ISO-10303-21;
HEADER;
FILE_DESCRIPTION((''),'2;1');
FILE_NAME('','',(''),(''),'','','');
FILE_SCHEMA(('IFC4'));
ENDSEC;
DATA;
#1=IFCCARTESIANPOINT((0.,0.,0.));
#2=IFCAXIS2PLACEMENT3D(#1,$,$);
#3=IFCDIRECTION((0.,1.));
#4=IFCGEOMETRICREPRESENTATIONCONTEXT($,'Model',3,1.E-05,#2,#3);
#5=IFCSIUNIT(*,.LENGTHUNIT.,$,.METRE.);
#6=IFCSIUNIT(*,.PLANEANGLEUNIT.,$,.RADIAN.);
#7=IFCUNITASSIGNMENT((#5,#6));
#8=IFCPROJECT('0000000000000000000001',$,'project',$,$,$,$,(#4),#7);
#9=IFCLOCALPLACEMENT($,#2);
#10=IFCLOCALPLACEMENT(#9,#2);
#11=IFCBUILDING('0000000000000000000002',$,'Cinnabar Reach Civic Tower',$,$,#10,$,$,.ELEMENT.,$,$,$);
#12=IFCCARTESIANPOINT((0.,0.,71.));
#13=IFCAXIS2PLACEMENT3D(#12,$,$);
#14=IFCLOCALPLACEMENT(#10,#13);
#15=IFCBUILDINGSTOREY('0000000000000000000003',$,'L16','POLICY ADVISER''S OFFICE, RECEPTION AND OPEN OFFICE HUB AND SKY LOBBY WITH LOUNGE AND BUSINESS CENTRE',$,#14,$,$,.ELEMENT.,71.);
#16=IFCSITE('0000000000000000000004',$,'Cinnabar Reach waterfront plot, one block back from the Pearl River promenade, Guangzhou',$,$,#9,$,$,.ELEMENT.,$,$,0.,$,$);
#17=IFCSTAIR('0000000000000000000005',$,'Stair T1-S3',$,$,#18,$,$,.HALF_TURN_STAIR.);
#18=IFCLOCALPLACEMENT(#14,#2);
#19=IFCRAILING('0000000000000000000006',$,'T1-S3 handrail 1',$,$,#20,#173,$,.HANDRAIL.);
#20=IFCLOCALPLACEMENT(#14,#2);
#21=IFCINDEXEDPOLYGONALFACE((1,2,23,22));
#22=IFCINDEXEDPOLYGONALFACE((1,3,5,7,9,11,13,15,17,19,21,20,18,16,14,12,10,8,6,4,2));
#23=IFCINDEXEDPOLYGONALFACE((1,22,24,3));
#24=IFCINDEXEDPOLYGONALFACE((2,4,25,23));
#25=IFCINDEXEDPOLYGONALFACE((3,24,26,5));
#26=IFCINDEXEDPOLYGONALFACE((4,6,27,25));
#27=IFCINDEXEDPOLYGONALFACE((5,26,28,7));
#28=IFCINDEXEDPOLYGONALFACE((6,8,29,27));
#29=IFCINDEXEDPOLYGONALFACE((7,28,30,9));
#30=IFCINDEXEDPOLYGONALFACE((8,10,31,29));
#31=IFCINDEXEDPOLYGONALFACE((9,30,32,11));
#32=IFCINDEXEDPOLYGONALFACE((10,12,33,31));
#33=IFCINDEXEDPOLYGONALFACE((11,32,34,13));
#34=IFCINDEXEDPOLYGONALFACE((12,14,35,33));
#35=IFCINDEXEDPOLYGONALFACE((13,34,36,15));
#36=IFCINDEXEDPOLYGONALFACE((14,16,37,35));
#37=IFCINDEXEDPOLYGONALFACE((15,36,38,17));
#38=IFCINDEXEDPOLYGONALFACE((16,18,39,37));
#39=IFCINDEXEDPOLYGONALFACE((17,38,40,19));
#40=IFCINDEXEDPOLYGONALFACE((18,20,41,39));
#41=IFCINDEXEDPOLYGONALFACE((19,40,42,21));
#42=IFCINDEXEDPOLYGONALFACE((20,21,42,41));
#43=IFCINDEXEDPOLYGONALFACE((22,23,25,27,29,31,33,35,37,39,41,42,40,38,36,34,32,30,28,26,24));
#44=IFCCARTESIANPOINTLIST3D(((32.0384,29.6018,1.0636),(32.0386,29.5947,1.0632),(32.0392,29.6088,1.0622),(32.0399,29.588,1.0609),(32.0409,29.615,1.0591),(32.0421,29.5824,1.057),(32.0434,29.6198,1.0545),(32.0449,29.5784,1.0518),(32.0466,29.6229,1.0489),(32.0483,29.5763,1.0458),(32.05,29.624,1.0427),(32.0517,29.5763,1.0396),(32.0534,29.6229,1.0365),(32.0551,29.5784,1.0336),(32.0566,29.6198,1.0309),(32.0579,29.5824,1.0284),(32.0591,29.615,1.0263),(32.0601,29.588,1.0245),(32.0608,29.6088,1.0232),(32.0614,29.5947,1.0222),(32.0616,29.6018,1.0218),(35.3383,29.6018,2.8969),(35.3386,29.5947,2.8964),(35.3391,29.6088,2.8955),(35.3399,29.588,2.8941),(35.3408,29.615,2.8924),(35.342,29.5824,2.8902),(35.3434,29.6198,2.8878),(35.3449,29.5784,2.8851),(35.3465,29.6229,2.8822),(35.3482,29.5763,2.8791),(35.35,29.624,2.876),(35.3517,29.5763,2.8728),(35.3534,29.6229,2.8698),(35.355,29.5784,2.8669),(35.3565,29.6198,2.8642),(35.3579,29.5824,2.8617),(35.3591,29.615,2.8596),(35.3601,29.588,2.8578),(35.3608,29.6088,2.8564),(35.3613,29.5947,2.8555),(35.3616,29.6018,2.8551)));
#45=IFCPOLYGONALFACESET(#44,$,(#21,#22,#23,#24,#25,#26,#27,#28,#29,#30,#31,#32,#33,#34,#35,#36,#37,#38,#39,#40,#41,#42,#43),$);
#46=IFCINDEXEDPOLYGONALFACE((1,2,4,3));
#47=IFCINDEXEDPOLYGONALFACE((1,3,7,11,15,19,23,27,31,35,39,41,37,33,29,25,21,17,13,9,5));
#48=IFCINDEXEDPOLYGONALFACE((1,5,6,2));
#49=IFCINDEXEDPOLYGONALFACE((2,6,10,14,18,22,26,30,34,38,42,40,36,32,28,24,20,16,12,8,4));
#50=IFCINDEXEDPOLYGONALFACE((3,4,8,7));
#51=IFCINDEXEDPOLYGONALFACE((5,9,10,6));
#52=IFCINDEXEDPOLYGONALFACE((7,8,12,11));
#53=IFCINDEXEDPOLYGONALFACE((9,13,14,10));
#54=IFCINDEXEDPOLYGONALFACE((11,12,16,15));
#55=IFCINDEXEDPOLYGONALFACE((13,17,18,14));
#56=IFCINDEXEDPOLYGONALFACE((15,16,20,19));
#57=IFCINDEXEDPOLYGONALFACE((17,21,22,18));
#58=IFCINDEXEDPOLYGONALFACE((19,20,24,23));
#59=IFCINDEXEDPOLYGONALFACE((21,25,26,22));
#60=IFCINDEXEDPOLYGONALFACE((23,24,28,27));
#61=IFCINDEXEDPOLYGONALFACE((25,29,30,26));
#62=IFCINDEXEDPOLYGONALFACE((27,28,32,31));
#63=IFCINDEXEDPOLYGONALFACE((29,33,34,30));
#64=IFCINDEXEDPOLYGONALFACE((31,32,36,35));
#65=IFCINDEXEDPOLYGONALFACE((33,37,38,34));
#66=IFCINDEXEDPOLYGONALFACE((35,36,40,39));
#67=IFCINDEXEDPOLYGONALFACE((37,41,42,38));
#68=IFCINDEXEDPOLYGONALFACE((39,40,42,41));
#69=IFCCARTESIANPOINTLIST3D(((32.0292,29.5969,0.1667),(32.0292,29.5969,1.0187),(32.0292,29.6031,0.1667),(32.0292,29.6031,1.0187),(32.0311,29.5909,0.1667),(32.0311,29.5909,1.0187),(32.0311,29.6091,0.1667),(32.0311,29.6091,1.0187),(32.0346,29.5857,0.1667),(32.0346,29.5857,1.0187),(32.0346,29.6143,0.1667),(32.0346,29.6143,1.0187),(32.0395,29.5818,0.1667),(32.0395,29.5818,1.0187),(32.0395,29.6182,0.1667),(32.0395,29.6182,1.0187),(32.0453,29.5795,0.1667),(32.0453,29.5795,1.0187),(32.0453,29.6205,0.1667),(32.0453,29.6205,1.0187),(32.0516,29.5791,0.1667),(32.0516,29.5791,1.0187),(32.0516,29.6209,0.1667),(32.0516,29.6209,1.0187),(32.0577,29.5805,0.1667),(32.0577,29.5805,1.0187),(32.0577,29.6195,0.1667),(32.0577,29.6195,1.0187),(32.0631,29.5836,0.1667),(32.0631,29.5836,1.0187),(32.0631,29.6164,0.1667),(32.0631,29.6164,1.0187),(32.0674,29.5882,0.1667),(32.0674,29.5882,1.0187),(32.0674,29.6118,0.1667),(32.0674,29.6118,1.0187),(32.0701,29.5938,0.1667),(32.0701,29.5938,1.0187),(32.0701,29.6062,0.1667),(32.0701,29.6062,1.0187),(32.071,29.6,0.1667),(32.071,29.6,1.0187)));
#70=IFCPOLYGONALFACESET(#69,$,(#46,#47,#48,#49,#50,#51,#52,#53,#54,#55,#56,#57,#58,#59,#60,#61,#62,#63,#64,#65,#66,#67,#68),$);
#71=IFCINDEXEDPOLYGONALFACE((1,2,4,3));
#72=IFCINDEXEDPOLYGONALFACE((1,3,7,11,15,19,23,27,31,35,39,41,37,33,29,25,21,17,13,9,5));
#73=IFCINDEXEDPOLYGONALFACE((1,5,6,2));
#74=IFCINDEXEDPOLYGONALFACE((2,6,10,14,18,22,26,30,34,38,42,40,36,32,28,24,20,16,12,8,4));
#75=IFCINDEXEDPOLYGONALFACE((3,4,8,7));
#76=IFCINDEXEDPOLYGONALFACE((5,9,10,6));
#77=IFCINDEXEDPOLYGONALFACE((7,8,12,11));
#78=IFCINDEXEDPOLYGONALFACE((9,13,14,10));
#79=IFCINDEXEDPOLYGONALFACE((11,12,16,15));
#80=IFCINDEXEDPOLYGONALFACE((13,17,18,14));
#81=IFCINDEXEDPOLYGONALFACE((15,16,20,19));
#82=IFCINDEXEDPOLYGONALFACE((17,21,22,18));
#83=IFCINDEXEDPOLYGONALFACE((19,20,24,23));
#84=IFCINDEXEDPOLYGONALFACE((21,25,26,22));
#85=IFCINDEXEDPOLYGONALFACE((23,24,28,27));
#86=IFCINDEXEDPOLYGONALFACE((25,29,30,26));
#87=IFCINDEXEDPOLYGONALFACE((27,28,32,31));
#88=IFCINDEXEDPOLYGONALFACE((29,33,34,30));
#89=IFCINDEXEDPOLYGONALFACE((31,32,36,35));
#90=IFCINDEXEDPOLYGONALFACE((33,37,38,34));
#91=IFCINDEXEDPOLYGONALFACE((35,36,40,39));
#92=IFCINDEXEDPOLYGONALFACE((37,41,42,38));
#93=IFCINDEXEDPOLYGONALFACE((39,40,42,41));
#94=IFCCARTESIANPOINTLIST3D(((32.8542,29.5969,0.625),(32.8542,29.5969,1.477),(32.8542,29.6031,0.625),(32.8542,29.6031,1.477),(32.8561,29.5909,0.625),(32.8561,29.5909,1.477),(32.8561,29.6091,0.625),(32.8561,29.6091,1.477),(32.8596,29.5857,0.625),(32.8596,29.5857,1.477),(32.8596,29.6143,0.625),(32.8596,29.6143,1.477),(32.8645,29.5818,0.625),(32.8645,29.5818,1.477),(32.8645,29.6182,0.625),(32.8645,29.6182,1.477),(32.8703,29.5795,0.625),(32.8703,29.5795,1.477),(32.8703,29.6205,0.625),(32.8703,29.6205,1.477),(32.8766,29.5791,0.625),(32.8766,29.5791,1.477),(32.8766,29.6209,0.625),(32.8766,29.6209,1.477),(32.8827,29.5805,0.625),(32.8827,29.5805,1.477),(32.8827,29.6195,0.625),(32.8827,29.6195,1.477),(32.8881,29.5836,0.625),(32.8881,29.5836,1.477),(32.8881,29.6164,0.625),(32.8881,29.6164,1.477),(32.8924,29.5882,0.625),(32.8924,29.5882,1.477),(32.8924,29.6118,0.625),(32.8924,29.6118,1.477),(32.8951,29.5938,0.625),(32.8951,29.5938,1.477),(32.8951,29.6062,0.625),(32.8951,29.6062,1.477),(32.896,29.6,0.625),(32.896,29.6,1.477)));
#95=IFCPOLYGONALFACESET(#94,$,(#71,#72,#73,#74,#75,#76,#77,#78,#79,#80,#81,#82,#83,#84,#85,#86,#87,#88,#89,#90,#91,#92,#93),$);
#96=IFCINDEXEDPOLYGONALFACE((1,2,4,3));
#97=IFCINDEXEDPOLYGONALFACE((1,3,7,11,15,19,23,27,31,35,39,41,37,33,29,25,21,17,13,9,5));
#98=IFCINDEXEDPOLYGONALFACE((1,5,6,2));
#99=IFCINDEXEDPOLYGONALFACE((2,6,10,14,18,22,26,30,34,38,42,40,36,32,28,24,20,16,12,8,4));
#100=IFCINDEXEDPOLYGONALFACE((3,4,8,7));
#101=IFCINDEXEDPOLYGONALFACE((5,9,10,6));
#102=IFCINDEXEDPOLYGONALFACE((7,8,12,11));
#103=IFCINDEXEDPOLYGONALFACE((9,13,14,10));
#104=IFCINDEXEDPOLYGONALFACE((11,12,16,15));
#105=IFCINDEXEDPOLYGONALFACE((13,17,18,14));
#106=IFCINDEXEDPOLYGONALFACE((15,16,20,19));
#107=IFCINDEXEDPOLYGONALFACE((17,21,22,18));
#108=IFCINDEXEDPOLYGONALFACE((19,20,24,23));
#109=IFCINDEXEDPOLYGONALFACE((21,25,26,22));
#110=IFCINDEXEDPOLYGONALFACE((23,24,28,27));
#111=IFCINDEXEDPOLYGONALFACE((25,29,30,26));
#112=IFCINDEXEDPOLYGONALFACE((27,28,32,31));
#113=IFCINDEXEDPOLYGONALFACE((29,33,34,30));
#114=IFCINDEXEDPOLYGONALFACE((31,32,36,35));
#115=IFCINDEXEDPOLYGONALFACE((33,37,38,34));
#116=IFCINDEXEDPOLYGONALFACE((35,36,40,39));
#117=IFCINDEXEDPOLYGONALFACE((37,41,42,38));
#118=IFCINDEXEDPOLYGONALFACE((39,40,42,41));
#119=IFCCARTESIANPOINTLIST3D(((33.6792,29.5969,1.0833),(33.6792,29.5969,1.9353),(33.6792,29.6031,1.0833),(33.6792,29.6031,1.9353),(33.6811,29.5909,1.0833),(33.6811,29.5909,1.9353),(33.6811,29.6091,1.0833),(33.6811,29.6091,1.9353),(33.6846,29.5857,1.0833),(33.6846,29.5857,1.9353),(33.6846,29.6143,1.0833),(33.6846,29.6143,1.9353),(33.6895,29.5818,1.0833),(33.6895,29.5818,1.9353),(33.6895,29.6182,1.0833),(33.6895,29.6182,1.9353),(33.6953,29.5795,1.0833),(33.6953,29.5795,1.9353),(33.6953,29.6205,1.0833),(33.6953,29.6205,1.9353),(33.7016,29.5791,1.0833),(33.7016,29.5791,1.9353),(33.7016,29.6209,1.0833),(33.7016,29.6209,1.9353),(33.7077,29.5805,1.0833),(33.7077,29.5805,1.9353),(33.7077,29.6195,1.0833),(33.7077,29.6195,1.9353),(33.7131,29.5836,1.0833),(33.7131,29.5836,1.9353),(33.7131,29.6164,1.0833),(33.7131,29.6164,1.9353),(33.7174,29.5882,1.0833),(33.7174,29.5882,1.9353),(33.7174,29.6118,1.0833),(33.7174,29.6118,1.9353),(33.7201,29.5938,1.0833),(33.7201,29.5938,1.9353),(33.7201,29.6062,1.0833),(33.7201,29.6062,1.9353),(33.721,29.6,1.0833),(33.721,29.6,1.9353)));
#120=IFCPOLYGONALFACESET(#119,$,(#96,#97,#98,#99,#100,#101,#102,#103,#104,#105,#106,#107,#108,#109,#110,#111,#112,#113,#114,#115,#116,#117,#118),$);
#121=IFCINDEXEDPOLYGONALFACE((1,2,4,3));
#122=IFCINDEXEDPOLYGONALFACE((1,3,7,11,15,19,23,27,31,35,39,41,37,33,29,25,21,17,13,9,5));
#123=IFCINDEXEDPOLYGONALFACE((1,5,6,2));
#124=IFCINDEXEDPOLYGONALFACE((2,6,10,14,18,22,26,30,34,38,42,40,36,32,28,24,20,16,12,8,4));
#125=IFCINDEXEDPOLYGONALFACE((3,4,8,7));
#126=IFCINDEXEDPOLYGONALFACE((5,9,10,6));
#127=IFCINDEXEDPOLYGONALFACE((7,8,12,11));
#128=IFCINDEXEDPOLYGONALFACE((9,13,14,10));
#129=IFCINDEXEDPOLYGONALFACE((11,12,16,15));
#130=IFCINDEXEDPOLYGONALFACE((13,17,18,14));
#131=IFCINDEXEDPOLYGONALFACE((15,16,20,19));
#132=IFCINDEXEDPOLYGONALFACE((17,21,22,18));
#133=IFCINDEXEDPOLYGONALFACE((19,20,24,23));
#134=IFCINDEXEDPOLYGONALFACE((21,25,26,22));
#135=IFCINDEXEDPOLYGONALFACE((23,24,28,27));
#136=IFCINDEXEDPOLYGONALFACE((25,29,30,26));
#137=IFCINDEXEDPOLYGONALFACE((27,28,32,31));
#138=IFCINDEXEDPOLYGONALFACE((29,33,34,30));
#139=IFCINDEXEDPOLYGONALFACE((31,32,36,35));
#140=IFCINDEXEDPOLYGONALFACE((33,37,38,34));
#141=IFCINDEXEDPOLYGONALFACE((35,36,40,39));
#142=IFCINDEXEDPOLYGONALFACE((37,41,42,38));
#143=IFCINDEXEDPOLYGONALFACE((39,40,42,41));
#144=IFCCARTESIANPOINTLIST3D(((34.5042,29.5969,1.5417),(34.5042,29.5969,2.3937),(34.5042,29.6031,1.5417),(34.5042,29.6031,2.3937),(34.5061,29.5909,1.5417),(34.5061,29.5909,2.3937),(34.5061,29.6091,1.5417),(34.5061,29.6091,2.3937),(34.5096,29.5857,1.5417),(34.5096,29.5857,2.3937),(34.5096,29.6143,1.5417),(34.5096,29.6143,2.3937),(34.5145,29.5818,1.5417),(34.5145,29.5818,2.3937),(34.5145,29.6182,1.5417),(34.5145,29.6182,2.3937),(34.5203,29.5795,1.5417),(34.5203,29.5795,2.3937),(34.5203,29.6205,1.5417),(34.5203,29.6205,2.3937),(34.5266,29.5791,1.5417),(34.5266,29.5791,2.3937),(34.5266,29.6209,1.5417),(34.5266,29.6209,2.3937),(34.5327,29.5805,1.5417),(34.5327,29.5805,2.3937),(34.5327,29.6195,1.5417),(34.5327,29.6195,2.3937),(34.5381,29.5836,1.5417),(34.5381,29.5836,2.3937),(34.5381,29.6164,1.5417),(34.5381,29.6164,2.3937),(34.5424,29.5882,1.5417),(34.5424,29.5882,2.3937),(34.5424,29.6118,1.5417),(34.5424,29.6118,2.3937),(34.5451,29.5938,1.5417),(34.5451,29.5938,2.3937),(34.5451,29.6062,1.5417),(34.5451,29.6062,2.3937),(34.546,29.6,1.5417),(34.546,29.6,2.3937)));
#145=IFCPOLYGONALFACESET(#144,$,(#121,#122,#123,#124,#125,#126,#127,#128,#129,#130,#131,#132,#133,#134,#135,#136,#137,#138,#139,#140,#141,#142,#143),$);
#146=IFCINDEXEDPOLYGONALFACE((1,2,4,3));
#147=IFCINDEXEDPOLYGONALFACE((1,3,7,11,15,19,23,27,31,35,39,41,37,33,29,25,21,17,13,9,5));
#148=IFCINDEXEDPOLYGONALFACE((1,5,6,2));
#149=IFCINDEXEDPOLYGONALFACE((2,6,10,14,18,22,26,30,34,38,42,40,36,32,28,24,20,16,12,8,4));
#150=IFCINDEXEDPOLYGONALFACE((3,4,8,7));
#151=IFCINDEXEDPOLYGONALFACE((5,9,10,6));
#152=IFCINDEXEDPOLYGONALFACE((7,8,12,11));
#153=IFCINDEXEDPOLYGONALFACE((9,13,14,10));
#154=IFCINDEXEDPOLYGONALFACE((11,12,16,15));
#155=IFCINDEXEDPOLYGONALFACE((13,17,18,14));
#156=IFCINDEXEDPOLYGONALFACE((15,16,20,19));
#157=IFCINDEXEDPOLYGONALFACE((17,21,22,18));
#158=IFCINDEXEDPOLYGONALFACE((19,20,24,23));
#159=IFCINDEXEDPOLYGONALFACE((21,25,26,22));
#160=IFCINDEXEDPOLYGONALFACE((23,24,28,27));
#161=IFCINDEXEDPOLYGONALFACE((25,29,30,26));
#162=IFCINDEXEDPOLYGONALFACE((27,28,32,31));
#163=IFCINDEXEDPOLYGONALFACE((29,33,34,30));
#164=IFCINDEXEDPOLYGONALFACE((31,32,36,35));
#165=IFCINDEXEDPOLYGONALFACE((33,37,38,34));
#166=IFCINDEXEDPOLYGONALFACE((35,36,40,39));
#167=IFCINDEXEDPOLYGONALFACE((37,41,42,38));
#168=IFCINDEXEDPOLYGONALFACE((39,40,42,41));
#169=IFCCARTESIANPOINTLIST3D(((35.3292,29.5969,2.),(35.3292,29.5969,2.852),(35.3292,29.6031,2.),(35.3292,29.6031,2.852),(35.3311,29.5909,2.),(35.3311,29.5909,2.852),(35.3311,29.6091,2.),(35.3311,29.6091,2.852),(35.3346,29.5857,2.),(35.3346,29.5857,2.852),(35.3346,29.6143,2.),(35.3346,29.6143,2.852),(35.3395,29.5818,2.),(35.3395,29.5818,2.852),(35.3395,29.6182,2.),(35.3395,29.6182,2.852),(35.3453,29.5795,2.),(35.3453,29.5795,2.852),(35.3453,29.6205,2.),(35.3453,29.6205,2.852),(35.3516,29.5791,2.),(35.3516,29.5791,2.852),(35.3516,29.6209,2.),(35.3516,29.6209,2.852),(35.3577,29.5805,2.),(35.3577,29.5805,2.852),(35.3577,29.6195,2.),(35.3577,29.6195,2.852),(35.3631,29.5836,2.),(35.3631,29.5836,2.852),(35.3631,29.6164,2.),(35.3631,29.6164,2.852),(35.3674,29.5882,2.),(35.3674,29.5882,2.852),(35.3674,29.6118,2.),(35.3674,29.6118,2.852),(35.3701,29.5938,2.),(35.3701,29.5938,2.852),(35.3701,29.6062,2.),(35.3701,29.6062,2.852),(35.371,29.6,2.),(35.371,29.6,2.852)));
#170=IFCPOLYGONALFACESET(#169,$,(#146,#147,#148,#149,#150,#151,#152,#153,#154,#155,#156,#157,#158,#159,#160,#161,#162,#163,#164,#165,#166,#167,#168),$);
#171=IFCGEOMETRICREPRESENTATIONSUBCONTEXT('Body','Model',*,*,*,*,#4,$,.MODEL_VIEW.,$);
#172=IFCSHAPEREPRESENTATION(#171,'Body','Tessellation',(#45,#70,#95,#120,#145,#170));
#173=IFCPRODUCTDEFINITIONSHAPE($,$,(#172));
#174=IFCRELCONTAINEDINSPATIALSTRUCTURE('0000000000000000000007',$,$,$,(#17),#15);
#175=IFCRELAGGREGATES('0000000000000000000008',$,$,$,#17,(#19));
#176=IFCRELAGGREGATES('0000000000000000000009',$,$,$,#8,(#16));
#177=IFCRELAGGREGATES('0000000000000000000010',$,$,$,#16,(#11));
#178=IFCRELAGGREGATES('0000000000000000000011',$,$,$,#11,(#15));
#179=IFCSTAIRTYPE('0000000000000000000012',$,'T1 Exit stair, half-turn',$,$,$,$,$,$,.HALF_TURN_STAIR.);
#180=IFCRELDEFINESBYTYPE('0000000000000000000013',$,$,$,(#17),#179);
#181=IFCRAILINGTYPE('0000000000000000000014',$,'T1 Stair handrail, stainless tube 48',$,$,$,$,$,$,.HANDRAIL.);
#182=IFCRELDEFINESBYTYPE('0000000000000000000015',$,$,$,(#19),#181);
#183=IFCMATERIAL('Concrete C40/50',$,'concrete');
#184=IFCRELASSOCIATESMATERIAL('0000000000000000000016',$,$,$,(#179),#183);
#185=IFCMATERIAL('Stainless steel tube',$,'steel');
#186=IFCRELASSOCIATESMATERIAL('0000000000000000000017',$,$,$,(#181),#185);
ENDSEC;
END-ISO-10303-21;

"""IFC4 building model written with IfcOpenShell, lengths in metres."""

from ifc_helpers import new_model, si_unit, direction, frame, origin, origin_2d, place, context, subcontext, project, spatial, circle, extrude, material, type_object, element, aggregate, save


model = new_model("IFC4")

# Units and contexts
model_context = context("Model", 3, precision=1e-05, world=origin(), true_north=direction((0.0, 1.0)))
body_context = subcontext(model_context, "Body", "Model", "MODEL_VIEW")
ifc_project = project(units=[si_unit("LENGTHUNIT", "METRE"), si_unit("PLANEANGLEUNIT", "RADIAN")], contexts=[model_context])

# Site, building, storey
site_placement = place(None, origin())
site = spatial("IfcSite", under=ifc_project, at=site_placement, Name="Cinnabar Reach waterfront plot, one block back from the Pearl River promenade, Guangzhou", CompositionType="ELEMENT", RefElevation=0.0)
building_placement = place(site_placement, origin())
building = spatial("IfcBuilding", under=site, at=building_placement, Name="Cinnabar Reach Civic Tower", CompositionType="ELEMENT")
storey_placement = place(building_placement, frame((0.0, 0.0, 71.0)))
storey = spatial("IfcBuildingStorey", under=building, at=storey_placement, Name="L16", Description="POLICY ADVISER'S OFFICE, RECEPTION AND OPEN OFFICE HUB AND SKY LOBBY WITH LOUNGE AND BUSINESS CENTRE", CompositionType="ELEMENT", Elevation=71.0)

# Stair, railing
ifc_material_1 = material(Name="Concrete C40/50", Category="concrete")
stair_type = type_object("IfcStairType", Name="T1 Exit stair, half-turn", PredefinedType="HALF_TURN_STAIR", material=ifc_material_1)
stair_placement = place(storey_placement, origin())
stair = element("IfcStair", 1, at=stair_placement, inside=storey, type_object=stair_type, Name="Stair T1-S3", PredefinedType="HALF_TURN_STAIR")
ifc_material_2 = material(Name="Stainless steel tube", Category="steel")
railing_type = type_object("IfcRailingType", Name="T1 Stair handrail, stainless tube 48", PredefinedType="HANDRAIL", material=ifc_material_2)
railing_1_placement = place(storey_placement, frame((32.05, 29.6, 0.1667)))
railing_1 = element("IfcRailing", 2, at=railing_1_placement, type_object=railing_type, Name="T1-S3 handrail 1", PredefinedType="HANDRAIL", context=body_context, shape_type="SweptSolid", body=[
    extrude(circle(Radius=0.024, at=origin_2d()), frame((0.0, 0.0, 0.876), z_axis=(0.874161, 0.0, 0.485636), x_axis=(0.0, 1.0, 0.0)), (0.0, 0.0, 1.0), 3.775),
    extrude(circle(Radius=0.021, at=origin_2d()), origin(), (0.0, 0.0, 1.0), 0.852),
    extrude(circle(Radius=0.021, at=origin_2d()), frame((0.825, 0.0, 0.4583)), (0.0, 0.0, 1.0), 0.852),
    extrude(circle(Radius=0.021, at=origin_2d()), frame((1.65, 0.0, 0.9166)), (0.0, 0.0, 1.0), 0.852),
    extrude(circle(Radius=0.021, at=origin_2d()), frame((2.475, 0.0, 1.375)), (0.0, 0.0, 1.0), 0.852),
    extrude(circle(Radius=0.021, at=origin_2d()), frame((3.3, 0.0, 1.8333)), (0.0, 0.0, 1.0), 0.852),
])
aggregate(stair, [railing_1])

save(model, "model.ifc")
